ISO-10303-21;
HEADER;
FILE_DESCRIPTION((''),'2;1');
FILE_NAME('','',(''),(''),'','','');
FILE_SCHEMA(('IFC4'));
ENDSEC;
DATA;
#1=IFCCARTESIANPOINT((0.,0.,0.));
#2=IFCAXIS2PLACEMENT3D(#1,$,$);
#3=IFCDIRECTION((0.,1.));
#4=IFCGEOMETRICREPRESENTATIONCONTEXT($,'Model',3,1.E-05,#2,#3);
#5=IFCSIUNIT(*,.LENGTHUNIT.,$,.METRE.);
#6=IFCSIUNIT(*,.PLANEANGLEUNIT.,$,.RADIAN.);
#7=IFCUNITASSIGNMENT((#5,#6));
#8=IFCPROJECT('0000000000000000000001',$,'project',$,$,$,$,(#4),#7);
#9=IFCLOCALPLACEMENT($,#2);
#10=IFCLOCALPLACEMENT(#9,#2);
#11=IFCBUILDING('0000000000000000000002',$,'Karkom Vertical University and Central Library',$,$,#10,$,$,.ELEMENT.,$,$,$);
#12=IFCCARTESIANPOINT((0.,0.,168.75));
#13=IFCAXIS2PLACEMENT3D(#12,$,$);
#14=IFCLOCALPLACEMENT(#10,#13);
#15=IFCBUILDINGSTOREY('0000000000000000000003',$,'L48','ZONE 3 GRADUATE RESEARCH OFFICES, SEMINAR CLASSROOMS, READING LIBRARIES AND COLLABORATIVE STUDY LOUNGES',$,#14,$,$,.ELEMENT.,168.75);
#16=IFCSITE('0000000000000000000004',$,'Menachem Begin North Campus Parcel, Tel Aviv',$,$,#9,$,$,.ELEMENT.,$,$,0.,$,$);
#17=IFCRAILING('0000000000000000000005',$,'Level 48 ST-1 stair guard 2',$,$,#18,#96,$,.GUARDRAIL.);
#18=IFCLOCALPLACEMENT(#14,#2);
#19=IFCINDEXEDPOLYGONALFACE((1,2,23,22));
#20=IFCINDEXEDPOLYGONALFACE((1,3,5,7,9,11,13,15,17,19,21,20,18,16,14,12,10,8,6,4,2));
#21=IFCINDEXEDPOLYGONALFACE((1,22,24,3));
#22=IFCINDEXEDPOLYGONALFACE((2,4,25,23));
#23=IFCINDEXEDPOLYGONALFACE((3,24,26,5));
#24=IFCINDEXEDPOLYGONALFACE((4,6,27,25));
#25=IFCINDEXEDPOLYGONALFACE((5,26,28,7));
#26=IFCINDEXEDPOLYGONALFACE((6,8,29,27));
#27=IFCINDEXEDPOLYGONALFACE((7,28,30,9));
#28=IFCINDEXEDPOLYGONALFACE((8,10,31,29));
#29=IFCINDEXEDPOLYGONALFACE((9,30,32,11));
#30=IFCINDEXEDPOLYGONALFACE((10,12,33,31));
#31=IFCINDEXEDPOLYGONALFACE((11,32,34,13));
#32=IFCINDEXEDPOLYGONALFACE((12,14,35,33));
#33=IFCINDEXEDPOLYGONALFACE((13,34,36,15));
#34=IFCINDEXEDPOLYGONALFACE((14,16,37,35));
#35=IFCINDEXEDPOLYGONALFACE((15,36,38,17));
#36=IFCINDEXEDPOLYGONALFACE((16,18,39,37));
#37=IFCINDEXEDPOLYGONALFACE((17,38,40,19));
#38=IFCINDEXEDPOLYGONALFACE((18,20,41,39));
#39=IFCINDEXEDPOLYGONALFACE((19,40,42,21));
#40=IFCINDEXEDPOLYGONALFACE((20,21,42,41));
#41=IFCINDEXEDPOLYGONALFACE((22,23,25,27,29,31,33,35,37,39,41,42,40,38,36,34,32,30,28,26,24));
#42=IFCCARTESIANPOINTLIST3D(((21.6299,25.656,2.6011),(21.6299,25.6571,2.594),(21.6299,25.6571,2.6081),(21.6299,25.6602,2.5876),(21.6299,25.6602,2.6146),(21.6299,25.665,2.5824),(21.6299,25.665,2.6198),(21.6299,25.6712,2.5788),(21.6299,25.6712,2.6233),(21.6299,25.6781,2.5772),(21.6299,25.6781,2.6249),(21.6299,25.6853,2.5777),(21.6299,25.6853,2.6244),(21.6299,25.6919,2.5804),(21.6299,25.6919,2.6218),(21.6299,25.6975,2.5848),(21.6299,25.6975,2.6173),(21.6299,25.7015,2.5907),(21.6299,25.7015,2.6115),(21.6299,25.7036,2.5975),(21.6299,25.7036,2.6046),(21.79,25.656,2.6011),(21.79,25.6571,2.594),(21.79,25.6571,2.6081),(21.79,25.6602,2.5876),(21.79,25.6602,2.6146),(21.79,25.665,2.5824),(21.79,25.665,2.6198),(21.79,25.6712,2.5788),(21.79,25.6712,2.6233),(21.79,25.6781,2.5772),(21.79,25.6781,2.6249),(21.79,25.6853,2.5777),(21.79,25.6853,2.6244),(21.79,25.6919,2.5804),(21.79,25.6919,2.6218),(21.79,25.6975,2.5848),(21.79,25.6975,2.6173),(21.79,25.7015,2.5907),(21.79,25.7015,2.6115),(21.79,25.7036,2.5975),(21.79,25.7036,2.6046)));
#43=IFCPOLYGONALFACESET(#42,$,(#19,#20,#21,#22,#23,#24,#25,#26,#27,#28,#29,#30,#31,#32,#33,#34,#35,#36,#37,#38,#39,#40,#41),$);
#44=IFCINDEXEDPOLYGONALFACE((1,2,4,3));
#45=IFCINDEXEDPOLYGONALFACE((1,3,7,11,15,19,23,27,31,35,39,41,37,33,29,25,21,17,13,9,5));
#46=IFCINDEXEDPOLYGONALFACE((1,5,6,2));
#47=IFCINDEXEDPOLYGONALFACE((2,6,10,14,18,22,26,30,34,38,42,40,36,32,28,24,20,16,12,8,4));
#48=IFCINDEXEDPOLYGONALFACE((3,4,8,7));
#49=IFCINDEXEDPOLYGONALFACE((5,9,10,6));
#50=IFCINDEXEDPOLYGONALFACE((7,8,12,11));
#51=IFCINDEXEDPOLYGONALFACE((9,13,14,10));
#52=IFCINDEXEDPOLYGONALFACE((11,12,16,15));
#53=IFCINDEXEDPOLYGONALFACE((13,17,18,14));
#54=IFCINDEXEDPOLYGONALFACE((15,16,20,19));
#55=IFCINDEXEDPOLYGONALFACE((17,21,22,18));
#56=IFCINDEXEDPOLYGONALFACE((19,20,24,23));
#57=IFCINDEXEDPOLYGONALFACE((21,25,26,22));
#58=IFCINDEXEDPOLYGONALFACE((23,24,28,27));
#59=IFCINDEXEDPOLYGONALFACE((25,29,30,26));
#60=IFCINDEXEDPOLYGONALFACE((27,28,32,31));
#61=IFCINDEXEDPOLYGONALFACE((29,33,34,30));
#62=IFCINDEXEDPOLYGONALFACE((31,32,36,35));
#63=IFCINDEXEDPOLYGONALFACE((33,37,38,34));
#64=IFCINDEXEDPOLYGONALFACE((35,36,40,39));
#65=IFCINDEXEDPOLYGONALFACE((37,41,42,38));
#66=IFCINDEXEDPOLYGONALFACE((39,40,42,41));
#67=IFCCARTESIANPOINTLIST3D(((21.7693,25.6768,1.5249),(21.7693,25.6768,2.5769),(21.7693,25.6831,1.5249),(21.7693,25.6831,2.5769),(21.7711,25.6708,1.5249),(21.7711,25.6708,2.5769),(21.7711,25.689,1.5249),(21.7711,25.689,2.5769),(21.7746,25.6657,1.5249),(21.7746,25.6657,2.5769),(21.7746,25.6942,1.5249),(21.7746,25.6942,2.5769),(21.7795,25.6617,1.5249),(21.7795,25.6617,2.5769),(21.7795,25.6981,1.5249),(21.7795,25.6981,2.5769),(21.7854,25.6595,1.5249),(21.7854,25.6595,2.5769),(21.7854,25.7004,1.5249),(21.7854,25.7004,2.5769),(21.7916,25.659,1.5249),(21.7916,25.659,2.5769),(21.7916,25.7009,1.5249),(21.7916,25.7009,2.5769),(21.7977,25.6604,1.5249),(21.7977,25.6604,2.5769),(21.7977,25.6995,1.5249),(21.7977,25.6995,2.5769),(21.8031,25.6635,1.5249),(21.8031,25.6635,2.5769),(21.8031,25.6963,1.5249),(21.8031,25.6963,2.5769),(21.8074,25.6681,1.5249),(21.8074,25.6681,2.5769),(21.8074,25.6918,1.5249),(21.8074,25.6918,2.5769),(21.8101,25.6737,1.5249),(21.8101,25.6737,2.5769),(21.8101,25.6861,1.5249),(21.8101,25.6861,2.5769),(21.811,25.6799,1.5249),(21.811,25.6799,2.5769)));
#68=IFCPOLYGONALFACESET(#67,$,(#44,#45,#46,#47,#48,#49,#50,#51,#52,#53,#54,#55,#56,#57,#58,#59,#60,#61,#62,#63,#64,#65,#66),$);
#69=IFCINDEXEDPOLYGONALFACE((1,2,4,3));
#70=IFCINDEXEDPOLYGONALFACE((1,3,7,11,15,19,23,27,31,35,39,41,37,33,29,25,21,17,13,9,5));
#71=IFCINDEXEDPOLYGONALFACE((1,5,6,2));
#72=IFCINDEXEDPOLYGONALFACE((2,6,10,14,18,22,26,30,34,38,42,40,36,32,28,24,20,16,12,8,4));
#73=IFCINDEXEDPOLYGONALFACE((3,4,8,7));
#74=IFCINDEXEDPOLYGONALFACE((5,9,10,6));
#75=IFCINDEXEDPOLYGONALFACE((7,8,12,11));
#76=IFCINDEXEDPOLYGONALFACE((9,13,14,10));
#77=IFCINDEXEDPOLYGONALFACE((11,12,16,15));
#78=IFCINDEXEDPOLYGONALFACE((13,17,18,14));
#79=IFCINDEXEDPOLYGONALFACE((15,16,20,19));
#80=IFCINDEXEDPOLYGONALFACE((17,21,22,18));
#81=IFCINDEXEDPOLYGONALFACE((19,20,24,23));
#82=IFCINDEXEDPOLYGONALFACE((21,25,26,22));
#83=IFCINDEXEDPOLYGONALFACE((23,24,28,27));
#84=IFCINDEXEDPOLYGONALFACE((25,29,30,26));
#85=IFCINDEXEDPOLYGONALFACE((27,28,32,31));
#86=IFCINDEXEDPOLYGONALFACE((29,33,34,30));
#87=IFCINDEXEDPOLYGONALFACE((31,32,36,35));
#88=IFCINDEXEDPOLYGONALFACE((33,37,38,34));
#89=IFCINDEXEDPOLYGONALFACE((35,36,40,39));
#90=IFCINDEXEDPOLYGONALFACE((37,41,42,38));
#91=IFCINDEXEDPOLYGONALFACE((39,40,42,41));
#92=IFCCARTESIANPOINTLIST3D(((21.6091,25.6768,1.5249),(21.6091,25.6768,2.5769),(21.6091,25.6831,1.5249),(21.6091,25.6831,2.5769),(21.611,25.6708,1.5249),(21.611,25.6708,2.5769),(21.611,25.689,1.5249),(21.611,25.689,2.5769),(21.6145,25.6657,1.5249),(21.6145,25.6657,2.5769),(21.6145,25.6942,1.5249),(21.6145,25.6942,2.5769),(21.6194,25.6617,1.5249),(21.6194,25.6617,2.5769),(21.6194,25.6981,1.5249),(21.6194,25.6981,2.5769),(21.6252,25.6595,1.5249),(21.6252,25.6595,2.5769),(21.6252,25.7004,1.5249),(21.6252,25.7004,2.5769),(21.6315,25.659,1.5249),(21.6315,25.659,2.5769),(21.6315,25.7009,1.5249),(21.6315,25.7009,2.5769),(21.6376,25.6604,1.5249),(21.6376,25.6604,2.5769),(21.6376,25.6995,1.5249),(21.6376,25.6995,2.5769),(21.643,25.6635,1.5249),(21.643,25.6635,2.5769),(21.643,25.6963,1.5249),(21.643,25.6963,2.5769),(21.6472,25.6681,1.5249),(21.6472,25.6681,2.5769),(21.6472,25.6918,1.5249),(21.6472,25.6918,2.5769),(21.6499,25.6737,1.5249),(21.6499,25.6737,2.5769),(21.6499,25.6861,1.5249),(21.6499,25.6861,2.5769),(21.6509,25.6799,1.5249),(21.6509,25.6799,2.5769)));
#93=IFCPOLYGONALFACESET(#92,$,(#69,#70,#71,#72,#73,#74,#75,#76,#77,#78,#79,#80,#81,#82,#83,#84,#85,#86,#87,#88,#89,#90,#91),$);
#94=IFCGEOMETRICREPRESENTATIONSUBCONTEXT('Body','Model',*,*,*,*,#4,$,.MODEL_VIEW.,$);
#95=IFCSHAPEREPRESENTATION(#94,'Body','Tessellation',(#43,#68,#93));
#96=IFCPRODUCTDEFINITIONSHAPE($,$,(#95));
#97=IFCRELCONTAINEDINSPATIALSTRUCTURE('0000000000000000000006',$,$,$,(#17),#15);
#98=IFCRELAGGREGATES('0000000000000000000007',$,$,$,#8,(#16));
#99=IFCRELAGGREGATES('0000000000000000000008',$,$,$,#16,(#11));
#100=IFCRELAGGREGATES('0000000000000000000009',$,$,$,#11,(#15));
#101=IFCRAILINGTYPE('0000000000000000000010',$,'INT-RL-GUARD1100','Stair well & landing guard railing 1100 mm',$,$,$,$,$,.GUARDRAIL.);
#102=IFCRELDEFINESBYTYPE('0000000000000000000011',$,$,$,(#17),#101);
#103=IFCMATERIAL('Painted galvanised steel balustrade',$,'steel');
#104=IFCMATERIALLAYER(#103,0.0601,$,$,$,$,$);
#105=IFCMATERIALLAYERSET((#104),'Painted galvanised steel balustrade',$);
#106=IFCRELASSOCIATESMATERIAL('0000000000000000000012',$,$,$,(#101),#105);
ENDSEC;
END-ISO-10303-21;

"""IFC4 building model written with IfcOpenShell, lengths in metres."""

from ifc_helpers import new_model, si_unit, direction, frame, origin, origin_2d, place, context, subcontext, project, spatial, circle, extrude, material, layer, layer_set, type_object, element, save


model = new_model("IFC4")

# Units and contexts
model_context = context("Model", 3, precision=1e-05, world=origin(), true_north=direction((0.0, 1.0)))
body_context = subcontext(model_context, "Body", "Model", "MODEL_VIEW")
ifc_project = project(units=[si_unit("LENGTHUNIT", "METRE"), si_unit("PLANEANGLEUNIT", "RADIAN")], contexts=[model_context])

# Site, building, storey
site_placement = place(None, origin())
site = spatial("IfcSite", under=ifc_project, at=site_placement, Name="Menachem Begin North Campus Parcel, Tel Aviv", CompositionType="ELEMENT", RefElevation=0.0)
building_placement = place(site_placement, origin())
building = spatial("IfcBuilding", under=site, at=building_placement, Name="Karkom Vertical University and Central Library", CompositionType="ELEMENT")
storey_placement = place(building_placement, frame((0.0, 0.0, 168.75)))
storey = spatial("IfcBuildingStorey", under=building, at=storey_placement, Name="L48", Description="ZONE 3 GRADUATE RESEARCH OFFICES, SEMINAR CLASSROOMS, READING LIBRARIES AND COLLABORATIVE STUDY LOUNGES", CompositionType="ELEMENT", Elevation=168.75)

# Railing
ifc_material_1 = material(Name="Painted galvanised steel balustrade", Category="steel")
ifc_layer_1 = layer(ifc_material_1, 0.0601)
ifc_layer_set_1 = layer_set([ifc_layer_1], Name="Painted galvanised steel balustrade")
railing_type_1 = type_object("IfcRailingType", Name="INT-RL-GUARD1100", Description="Stair well & landing guard railing 1100 mm", PredefinedType="GUARDRAIL", material=ifc_layer_set_1)
railing_1_placement = place(storey_placement, frame((21.79, 25.6799, 1.5249)))
element("IfcRailing", 1, at=railing_1_placement, inside=storey, type_object=railing_type_1, Name="Level 48 ST-1 stair guard 2", PredefinedType="GUARDRAIL", context=body_context, shape_type="SweptSolid", body=[
    extrude(circle(Radius=0.0239, at=origin_2d()), frame((0.0, 0.0, 1.0762), z_axis=(-1.0, 0.0, 0.0), x_axis=(0.0, -1.0, 0.0)), (0.0, 0.0, 1.0), 0.1602),
    extrude(circle(Radius=0.021, at=origin_2d()), origin(), (0.0, 0.0, 1.0), 1.052),
    extrude(circle(Radius=0.021, at=origin_2d()), frame((-0.1602, 0.0, 0.0)), (0.0, 0.0, 1.0), 1.052),
])

save(model, "model.ifc")
